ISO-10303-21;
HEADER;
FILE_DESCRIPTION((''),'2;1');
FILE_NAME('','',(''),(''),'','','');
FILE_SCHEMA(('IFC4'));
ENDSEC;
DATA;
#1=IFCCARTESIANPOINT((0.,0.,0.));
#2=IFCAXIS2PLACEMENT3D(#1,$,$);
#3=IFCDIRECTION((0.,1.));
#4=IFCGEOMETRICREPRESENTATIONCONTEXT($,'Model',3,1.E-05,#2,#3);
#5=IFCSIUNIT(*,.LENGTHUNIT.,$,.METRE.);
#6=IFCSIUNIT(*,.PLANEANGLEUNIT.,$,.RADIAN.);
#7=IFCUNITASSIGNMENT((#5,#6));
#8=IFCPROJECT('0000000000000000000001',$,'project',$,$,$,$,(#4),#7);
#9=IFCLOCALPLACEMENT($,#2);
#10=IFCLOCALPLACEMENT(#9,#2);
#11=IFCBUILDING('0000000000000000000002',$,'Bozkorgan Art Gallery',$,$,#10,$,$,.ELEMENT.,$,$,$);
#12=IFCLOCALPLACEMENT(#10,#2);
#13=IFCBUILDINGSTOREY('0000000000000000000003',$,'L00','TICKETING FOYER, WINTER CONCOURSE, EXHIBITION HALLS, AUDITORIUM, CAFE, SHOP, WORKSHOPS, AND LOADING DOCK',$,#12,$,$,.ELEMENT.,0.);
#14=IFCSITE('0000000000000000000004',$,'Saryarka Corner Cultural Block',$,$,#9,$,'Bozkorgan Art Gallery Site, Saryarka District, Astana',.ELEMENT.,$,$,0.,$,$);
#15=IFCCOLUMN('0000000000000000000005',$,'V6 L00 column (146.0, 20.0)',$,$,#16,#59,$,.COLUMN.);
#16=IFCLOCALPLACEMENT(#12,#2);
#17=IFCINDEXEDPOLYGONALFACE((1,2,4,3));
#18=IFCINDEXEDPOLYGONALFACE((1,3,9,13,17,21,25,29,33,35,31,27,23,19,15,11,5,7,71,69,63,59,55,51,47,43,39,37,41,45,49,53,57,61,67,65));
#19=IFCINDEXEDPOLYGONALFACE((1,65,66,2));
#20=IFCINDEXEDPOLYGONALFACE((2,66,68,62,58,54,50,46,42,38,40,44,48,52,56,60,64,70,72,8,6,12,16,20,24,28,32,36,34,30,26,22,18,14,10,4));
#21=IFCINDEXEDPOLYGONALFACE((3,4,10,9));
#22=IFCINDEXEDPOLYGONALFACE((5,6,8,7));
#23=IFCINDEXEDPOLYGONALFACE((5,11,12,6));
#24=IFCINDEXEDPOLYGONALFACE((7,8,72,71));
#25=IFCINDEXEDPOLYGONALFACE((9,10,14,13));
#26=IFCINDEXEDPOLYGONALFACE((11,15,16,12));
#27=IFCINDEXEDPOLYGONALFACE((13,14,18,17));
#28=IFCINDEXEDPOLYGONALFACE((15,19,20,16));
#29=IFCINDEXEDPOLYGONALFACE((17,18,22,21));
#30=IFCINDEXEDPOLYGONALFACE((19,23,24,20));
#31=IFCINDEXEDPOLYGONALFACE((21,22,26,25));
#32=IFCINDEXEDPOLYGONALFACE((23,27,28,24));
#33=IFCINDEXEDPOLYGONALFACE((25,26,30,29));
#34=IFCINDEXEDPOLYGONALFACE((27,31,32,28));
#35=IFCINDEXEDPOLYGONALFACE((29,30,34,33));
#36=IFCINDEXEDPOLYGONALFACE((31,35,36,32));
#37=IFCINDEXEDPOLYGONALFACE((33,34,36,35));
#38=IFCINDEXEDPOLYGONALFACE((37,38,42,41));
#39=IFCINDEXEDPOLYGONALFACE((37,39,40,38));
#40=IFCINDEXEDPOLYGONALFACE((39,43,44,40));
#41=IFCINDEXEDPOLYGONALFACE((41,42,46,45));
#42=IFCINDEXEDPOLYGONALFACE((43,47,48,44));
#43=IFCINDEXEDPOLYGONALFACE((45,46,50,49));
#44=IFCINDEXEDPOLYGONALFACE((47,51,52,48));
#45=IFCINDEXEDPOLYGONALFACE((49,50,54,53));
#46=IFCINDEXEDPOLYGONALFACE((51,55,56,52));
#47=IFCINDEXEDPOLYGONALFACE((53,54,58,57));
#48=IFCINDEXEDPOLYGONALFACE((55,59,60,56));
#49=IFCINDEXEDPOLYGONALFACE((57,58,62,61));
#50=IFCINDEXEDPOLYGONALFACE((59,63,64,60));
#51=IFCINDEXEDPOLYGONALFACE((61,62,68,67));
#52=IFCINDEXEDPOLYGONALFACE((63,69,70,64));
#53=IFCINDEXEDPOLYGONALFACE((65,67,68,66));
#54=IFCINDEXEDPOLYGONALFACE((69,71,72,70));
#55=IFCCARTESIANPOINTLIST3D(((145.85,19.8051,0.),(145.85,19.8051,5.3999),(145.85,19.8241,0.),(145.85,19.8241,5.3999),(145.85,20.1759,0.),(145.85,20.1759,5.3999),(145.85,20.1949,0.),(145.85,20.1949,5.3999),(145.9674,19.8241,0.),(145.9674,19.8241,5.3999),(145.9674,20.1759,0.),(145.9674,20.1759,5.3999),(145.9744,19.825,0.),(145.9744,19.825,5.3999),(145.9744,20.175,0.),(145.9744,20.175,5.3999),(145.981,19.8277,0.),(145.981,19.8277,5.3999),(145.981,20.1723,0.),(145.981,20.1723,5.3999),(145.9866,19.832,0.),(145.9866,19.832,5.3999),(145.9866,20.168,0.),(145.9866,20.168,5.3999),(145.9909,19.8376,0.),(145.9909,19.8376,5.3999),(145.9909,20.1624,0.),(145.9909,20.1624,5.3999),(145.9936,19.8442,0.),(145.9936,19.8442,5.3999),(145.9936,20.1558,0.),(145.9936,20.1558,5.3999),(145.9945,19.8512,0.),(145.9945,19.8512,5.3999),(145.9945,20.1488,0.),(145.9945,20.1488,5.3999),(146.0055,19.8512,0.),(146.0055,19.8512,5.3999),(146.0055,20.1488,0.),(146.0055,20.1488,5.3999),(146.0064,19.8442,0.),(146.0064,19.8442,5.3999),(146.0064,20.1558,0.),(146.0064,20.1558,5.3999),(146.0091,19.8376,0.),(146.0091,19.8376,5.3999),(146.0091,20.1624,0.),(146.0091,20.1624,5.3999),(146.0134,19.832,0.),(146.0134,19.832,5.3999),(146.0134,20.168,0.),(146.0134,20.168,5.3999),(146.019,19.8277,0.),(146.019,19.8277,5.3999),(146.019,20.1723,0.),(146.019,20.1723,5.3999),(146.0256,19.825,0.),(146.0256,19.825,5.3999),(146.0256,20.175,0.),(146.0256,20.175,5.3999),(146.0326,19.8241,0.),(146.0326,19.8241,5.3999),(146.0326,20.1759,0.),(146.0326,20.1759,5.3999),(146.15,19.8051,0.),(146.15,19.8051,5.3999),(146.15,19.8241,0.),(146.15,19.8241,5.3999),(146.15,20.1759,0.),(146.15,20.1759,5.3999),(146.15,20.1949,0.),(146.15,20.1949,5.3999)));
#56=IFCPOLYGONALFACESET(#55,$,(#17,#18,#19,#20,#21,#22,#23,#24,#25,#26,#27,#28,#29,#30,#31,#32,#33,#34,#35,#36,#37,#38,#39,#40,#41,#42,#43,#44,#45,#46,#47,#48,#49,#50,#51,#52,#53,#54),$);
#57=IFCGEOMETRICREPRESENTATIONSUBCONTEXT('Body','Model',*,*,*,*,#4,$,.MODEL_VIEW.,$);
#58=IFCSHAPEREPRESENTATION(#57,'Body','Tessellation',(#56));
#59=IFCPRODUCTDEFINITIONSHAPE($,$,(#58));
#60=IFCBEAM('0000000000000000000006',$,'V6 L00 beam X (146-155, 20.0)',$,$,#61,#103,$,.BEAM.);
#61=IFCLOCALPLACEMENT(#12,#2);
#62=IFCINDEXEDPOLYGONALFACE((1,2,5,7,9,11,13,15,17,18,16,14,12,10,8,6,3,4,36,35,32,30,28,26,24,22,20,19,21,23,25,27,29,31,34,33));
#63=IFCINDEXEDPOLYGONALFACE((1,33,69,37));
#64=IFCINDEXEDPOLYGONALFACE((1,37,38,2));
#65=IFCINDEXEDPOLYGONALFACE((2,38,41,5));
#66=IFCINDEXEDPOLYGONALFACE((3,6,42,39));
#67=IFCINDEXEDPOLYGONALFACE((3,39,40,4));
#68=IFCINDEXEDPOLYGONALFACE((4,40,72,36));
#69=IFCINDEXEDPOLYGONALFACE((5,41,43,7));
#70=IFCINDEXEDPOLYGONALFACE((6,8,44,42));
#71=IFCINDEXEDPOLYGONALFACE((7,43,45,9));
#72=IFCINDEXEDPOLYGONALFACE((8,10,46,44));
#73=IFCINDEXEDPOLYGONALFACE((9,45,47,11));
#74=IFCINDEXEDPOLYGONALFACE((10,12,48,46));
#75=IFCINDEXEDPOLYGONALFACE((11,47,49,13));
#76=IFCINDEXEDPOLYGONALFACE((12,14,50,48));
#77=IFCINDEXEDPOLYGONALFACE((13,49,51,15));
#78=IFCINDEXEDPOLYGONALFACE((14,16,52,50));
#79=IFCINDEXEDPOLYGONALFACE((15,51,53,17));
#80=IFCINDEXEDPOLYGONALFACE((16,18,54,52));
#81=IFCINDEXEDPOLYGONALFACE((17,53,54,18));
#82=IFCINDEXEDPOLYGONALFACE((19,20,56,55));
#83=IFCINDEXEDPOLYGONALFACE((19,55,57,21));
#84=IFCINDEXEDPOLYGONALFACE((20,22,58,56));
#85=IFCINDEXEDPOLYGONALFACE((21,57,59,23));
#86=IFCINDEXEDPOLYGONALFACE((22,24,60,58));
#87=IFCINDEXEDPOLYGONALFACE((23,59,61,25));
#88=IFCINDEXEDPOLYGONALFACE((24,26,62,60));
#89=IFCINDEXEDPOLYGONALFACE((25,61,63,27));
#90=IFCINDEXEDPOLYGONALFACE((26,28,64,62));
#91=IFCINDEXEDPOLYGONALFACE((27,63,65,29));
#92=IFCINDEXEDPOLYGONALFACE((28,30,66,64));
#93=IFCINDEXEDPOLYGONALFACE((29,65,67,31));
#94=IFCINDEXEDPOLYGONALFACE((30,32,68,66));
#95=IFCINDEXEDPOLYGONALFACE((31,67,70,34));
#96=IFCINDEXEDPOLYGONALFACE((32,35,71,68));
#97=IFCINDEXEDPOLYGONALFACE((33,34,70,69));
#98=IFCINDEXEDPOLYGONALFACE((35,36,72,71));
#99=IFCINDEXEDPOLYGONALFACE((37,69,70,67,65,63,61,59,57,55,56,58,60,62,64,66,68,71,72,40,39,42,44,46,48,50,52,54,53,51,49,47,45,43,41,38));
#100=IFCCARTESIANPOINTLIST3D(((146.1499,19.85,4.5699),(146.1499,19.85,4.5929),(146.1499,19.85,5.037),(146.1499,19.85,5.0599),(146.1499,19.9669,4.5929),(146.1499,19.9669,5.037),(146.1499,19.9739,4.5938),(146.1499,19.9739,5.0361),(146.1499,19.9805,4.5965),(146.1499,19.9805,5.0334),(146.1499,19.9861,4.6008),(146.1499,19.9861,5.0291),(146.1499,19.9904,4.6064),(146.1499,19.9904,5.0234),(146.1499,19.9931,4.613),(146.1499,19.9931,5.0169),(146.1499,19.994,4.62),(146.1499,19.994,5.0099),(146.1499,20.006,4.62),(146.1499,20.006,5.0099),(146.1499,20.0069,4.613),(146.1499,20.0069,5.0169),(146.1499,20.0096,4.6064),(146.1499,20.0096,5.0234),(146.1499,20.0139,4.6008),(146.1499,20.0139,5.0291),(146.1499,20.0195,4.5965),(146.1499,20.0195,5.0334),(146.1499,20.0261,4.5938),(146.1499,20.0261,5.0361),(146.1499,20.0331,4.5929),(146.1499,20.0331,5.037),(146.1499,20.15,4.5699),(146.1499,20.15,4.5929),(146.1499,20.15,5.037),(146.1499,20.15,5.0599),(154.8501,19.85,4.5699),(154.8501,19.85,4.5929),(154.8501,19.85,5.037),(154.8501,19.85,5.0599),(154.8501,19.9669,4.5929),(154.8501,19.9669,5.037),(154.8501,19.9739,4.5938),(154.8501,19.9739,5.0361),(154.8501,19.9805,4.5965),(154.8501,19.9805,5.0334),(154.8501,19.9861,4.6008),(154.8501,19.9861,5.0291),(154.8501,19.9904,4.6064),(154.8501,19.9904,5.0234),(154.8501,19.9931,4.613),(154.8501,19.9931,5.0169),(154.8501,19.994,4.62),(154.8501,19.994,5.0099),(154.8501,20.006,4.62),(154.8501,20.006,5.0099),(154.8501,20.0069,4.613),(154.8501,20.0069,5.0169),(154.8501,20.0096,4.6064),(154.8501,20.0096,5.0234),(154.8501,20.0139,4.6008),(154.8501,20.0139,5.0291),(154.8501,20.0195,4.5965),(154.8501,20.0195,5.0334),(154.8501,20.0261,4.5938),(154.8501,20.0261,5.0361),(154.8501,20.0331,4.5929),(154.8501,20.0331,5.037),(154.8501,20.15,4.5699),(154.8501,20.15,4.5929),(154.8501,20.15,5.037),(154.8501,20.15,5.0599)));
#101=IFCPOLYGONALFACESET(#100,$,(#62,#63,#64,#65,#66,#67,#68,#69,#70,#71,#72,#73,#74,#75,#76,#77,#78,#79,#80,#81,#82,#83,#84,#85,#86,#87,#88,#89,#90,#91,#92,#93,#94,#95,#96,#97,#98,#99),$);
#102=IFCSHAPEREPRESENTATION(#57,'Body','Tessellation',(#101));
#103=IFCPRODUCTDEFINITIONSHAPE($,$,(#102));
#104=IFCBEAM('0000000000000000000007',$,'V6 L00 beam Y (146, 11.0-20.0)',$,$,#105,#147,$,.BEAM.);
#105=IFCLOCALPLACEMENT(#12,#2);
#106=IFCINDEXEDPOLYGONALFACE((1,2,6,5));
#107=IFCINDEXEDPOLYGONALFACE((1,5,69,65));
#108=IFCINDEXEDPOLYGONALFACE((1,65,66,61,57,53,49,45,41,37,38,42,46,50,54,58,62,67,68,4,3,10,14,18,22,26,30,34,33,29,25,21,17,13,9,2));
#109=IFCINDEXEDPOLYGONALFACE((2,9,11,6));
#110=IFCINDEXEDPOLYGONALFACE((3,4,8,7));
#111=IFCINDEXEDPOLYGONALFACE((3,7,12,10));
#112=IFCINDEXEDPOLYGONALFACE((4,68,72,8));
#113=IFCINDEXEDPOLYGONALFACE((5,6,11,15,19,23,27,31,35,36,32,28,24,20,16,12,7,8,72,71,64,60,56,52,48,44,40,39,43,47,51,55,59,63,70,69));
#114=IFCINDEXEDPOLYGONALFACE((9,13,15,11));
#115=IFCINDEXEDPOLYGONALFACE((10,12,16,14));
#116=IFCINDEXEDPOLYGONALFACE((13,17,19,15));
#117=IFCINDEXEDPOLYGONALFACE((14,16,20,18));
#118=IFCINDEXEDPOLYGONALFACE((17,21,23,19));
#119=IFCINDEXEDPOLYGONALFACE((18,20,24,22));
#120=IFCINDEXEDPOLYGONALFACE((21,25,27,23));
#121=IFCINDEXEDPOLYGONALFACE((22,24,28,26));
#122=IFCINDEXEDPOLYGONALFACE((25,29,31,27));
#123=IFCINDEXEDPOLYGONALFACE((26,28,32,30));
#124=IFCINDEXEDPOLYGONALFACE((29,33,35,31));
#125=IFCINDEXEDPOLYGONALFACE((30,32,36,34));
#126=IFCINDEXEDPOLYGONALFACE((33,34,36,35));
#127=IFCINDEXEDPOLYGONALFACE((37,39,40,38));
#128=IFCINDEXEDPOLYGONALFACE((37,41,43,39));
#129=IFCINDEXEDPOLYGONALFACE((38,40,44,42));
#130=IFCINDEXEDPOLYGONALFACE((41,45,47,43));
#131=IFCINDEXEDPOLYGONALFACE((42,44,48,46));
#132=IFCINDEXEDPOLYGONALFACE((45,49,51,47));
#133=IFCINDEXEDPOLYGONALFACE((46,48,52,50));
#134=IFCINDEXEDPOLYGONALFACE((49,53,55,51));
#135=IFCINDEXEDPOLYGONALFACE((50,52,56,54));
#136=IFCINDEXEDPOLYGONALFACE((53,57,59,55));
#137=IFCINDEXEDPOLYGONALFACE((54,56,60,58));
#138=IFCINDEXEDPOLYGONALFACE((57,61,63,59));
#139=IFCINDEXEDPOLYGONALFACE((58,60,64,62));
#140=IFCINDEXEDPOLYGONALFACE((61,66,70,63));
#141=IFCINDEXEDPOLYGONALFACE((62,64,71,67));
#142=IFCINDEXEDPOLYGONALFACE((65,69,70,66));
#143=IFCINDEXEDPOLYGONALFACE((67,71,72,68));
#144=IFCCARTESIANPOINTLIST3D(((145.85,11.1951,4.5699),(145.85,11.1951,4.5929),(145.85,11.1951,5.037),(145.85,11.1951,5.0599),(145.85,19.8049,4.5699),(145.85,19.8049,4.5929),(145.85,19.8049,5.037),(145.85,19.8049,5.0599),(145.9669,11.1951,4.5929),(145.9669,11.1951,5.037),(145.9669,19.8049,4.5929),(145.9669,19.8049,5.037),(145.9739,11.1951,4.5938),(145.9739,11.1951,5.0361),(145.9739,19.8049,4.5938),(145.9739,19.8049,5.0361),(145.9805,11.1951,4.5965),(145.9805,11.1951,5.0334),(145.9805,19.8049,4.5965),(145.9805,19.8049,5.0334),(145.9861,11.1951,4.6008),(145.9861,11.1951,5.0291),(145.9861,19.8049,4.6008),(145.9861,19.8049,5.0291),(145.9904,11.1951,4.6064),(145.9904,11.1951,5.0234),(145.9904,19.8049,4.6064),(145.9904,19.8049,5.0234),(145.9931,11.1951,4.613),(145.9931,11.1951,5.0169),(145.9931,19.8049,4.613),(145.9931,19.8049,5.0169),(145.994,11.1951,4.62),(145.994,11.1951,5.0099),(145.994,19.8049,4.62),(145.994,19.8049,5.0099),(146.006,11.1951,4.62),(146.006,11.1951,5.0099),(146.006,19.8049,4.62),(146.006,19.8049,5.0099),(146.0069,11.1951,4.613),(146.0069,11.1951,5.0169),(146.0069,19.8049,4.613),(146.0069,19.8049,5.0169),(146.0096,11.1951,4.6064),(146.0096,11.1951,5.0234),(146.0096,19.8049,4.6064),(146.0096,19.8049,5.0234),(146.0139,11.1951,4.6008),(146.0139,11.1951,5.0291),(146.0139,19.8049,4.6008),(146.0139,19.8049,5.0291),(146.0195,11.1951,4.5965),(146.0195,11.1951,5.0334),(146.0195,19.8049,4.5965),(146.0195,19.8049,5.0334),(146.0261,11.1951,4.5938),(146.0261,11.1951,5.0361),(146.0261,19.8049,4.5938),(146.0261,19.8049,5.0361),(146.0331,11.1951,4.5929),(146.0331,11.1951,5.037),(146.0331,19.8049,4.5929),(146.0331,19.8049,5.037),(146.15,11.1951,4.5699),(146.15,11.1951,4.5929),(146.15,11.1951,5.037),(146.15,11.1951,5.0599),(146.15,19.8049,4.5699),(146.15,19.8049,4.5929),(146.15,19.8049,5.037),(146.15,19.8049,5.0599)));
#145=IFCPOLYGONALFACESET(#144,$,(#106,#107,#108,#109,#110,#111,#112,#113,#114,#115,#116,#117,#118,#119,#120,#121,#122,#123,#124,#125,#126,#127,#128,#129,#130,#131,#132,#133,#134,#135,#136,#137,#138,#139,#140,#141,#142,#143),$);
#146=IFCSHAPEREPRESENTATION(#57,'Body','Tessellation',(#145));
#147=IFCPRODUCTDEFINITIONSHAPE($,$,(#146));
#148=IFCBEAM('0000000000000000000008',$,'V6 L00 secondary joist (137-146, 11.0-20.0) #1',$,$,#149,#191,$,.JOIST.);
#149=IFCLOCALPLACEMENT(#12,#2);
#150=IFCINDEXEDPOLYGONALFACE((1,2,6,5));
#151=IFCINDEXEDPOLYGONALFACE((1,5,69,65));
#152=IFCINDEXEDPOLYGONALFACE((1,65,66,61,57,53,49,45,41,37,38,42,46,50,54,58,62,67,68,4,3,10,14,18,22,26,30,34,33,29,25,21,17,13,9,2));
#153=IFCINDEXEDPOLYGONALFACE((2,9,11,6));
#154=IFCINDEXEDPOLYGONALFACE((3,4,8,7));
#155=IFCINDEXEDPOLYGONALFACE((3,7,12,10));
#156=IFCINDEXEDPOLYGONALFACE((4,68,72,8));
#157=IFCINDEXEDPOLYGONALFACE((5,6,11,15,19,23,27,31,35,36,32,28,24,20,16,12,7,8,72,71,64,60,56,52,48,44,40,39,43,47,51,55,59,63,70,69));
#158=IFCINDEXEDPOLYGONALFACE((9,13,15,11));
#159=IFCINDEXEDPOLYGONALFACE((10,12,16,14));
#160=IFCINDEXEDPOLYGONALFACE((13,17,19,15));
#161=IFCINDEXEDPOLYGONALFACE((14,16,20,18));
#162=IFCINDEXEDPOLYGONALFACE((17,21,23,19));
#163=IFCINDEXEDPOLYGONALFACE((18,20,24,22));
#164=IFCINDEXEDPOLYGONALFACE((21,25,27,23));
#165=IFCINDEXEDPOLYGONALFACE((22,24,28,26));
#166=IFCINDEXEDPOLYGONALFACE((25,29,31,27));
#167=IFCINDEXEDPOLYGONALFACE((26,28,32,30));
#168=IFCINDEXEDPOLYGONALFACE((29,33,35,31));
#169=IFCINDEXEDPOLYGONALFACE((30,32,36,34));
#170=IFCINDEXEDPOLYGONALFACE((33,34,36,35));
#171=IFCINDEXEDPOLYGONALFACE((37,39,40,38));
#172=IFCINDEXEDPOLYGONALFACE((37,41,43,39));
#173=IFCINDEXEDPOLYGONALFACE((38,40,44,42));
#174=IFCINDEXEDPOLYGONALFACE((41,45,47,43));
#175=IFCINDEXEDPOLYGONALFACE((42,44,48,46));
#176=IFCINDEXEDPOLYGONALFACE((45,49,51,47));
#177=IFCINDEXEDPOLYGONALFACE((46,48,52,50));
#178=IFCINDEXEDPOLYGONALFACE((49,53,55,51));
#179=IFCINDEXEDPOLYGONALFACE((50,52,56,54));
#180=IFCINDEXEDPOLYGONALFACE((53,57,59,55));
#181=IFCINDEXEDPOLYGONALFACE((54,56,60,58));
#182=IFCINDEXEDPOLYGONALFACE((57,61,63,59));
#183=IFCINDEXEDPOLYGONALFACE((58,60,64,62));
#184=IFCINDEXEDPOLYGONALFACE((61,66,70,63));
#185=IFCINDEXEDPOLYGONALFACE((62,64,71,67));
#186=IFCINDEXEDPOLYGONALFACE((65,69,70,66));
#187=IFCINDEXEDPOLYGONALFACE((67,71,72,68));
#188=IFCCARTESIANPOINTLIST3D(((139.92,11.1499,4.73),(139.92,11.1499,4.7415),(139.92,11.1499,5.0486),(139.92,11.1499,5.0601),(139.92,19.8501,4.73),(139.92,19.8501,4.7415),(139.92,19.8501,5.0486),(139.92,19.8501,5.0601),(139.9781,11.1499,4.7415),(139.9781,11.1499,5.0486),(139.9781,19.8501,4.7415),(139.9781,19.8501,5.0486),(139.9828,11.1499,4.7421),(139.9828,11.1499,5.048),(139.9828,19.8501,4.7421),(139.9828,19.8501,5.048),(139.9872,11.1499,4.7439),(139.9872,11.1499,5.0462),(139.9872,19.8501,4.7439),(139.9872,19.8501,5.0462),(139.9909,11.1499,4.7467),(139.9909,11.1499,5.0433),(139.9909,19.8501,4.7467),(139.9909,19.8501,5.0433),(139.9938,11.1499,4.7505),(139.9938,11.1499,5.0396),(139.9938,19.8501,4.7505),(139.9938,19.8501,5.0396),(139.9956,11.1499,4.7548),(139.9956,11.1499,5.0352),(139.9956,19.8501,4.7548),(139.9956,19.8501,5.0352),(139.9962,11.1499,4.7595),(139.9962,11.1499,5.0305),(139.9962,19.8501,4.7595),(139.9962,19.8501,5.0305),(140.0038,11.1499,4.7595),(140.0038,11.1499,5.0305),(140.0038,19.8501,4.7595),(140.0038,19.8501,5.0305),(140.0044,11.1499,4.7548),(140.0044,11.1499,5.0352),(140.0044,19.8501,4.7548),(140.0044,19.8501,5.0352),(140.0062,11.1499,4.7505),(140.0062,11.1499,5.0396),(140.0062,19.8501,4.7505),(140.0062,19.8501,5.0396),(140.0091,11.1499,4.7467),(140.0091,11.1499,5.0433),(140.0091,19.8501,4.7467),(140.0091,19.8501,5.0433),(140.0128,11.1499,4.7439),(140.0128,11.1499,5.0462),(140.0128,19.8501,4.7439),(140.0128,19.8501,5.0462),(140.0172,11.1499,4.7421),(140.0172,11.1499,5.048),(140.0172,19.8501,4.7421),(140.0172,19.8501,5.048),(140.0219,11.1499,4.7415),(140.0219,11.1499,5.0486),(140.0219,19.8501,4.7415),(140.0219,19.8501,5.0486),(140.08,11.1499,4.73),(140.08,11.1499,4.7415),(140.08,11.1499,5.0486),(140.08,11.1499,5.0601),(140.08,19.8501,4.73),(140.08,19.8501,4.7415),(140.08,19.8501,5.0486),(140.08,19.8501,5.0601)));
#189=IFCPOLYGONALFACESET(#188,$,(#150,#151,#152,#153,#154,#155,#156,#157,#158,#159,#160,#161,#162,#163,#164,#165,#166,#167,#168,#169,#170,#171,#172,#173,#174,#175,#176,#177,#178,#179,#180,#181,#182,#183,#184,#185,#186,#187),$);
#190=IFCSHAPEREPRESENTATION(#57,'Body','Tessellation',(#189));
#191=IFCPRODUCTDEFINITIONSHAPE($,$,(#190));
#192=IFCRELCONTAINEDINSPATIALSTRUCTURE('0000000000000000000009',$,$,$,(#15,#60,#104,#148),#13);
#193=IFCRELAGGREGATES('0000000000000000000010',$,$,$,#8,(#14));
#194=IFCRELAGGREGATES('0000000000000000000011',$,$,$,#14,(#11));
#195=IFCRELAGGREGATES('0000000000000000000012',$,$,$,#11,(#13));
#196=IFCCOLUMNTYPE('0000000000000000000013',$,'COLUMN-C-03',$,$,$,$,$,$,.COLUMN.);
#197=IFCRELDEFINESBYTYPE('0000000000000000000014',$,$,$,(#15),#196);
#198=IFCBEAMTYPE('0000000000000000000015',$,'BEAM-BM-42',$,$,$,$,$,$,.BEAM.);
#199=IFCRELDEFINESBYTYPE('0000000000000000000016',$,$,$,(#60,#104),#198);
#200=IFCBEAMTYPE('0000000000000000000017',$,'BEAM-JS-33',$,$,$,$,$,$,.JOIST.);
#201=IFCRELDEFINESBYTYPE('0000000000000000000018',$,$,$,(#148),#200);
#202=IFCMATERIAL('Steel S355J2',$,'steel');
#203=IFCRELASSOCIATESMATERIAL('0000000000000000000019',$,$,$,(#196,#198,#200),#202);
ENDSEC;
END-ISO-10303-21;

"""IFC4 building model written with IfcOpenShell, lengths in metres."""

from ifc_helpers import new_model, si_unit, direction, frame, origin, origin_2d, place, context, subcontext, project, spatial, i_section, extrude, material, material_profile, profile_set, type_object, element, save


model = new_model("IFC4")

# Units and contexts
model_context = context("Model", 3, precision=1e-05, world=origin(), true_north=direction((0.0, 1.0)))
body_context = subcontext(model_context, "Body", "Model", "MODEL_VIEW")
ifc_project = project(units=[si_unit("LENGTHUNIT", "METRE"), si_unit("PLANEANGLEUNIT", "RADIAN")], contexts=[model_context])

# Site, building, storey
site_placement = place(None, origin())
site = spatial("IfcSite", under=ifc_project, at=site_placement, Name="Saryarka Corner Cultural Block", LongName="Bozkorgan Art Gallery Site, Saryarka District, Astana", CompositionType="ELEMENT", RefElevation=0.0)
building_placement = place(site_placement, origin())
building = spatial("IfcBuilding", under=site, at=building_placement, Name="Bozkorgan Art Gallery", CompositionType="ELEMENT")
storey_placement = place(building_placement, origin())
storey = spatial("IfcBuildingStorey", under=building, at=storey_placement, Name="L00", Description="TICKETING FOYER, WINTER CONCOURSE, EXHIBITION HALLS, AUDITORIUM, CAFE, SHOP, WORKSHOPS, AND LOADING DOCK", CompositionType="ELEMENT", Elevation=0.0)

# Column
ifc_material_1 = material(Name="Steel S355J2", Category="steel")
ifc_material_profile_1 = material_profile(ifc_material_1, i_section(OverallWidth=0.3, OverallDepth=0.3899, WebThickness=0.011, FlangeThickness=0.019, FilletRadius=0.0271, at=origin_2d()), Name="HEA 400")
ifc_profile_set_1 = profile_set([ifc_material_profile_1], Name="Steel S355J2")
column_type = type_object("IfcColumnType", Name="COLUMN-C-03", PredefinedType="COLUMN", material=ifc_profile_set_1)
for number, where, z_axis, x_axis, name in (
    (1, (146.0, 20.0, 0.0), (0.0, 0.0, 1.0), (1.0, 0.0, 0.0), "V6 L00 column (146.0, 20.0)"),
):
    element("IfcColumn", number, at=place(storey_placement, frame(where, z_axis=z_axis, x_axis=x_axis)), inside=storey, type_object=column_type, Name=name, PredefinedType="COLUMN", context=body_context, shape_type="SweptSolid", body=[
        extrude(i_section(OverallWidth=0.3, OverallDepth=0.3899, WebThickness=0.011, FlangeThickness=0.019, FilletRadius=0.0271, at=origin_2d()), origin(), (0.0, 0.0, 1.0), 5.3999),
    ])

# Beams
ifc_material_profile_2 = material_profile(ifc_material_1, i_section(OverallWidth=0.3, OverallDepth=0.49, WebThickness=0.012, FlangeThickness=0.0229, FilletRadius=0.0271, at=origin_2d()), Name="HEA 500")
ifc_profile_set_2 = profile_set([ifc_material_profile_2], Name="Steel S355J2")
beam_type_1 = type_object("IfcBeamType", Name="BEAM-BM-42", PredefinedType="BEAM", material=ifc_profile_set_2)
beam_1_placement = place(storey_placement, frame((146.1499, 20.0, 4.8149), z_axis=(1.0, 0.0, 0.0), x_axis=(0.0, 1.0, 0.0)))
element("IfcBeam", 2, at=beam_1_placement, inside=storey, type_object=beam_type_1, Name="V6 L00 beam X (146-155, 20.0)", PredefinedType="BEAM", context=body_context, shape_type="SweptSolid", body=[
    extrude(i_section(OverallWidth=0.3, OverallDepth=0.49, WebThickness=0.012, FlangeThickness=0.0229, FilletRadius=0.0271, at=origin_2d()), origin(), (0.0, 0.0, 1.0), 8.7002),
])
beam_2_placement = place(storey_placement, frame((146.0, 11.1951, 4.8149), z_axis=(0.0, 1.0, 0.0), x_axis=(-1.0, 0.0, 0.0)))
element("IfcBeam", 3, at=beam_2_placement, inside=storey, type_object=beam_type_1, Name="V6 L00 beam Y (146, 11.0-20.0)", PredefinedType="BEAM", context=body_context, shape_type="SweptSolid", body=[
    extrude(i_section(OverallWidth=0.3, OverallDepth=0.49, WebThickness=0.012, FlangeThickness=0.0229, FilletRadius=0.0271, at=origin_2d()), origin(), (0.0, 0.0, 1.0), 8.6099),
])
ifc_material_profile_3 = material_profile(ifc_material_1, i_section(OverallWidth=0.1599, OverallDepth=0.3301, WebThickness=0.0076, FlangeThickness=0.0115, FilletRadius=0.0181, at=origin_2d()), Name="IPE 330")
ifc_profile_set_3 = profile_set([ifc_material_profile_3], Name="Steel S355J2")
beam_type_2 = type_object("IfcBeamType", Name="BEAM-JS-33", PredefinedType="JOIST", material=ifc_profile_set_3)
for number, where, z_axis, x_axis, name in (
    (4, (140.0, 11.1499, 4.895), (0.0, 1.0, 0.0), (-1.0, 0.0, 0.0), "V6 L00 secondary joist (137-146, 11.0-20.0) #1"),
):
    element("IfcBeam", number, at=place(storey_placement, frame(where, z_axis=z_axis, x_axis=x_axis)), inside=storey, type_object=beam_type_2, Name=name, PredefinedType="JOIST", context=body_context, shape_type="SweptSolid", body=[
        extrude(i_section(OverallWidth=0.1599, OverallDepth=0.3301, WebThickness=0.0076, FlangeThickness=0.0115, FilletRadius=0.0181, at=origin_2d()), origin(), (0.0, 0.0, 1.0), 8.7002),
    ])

save(model, "model.ifc")
